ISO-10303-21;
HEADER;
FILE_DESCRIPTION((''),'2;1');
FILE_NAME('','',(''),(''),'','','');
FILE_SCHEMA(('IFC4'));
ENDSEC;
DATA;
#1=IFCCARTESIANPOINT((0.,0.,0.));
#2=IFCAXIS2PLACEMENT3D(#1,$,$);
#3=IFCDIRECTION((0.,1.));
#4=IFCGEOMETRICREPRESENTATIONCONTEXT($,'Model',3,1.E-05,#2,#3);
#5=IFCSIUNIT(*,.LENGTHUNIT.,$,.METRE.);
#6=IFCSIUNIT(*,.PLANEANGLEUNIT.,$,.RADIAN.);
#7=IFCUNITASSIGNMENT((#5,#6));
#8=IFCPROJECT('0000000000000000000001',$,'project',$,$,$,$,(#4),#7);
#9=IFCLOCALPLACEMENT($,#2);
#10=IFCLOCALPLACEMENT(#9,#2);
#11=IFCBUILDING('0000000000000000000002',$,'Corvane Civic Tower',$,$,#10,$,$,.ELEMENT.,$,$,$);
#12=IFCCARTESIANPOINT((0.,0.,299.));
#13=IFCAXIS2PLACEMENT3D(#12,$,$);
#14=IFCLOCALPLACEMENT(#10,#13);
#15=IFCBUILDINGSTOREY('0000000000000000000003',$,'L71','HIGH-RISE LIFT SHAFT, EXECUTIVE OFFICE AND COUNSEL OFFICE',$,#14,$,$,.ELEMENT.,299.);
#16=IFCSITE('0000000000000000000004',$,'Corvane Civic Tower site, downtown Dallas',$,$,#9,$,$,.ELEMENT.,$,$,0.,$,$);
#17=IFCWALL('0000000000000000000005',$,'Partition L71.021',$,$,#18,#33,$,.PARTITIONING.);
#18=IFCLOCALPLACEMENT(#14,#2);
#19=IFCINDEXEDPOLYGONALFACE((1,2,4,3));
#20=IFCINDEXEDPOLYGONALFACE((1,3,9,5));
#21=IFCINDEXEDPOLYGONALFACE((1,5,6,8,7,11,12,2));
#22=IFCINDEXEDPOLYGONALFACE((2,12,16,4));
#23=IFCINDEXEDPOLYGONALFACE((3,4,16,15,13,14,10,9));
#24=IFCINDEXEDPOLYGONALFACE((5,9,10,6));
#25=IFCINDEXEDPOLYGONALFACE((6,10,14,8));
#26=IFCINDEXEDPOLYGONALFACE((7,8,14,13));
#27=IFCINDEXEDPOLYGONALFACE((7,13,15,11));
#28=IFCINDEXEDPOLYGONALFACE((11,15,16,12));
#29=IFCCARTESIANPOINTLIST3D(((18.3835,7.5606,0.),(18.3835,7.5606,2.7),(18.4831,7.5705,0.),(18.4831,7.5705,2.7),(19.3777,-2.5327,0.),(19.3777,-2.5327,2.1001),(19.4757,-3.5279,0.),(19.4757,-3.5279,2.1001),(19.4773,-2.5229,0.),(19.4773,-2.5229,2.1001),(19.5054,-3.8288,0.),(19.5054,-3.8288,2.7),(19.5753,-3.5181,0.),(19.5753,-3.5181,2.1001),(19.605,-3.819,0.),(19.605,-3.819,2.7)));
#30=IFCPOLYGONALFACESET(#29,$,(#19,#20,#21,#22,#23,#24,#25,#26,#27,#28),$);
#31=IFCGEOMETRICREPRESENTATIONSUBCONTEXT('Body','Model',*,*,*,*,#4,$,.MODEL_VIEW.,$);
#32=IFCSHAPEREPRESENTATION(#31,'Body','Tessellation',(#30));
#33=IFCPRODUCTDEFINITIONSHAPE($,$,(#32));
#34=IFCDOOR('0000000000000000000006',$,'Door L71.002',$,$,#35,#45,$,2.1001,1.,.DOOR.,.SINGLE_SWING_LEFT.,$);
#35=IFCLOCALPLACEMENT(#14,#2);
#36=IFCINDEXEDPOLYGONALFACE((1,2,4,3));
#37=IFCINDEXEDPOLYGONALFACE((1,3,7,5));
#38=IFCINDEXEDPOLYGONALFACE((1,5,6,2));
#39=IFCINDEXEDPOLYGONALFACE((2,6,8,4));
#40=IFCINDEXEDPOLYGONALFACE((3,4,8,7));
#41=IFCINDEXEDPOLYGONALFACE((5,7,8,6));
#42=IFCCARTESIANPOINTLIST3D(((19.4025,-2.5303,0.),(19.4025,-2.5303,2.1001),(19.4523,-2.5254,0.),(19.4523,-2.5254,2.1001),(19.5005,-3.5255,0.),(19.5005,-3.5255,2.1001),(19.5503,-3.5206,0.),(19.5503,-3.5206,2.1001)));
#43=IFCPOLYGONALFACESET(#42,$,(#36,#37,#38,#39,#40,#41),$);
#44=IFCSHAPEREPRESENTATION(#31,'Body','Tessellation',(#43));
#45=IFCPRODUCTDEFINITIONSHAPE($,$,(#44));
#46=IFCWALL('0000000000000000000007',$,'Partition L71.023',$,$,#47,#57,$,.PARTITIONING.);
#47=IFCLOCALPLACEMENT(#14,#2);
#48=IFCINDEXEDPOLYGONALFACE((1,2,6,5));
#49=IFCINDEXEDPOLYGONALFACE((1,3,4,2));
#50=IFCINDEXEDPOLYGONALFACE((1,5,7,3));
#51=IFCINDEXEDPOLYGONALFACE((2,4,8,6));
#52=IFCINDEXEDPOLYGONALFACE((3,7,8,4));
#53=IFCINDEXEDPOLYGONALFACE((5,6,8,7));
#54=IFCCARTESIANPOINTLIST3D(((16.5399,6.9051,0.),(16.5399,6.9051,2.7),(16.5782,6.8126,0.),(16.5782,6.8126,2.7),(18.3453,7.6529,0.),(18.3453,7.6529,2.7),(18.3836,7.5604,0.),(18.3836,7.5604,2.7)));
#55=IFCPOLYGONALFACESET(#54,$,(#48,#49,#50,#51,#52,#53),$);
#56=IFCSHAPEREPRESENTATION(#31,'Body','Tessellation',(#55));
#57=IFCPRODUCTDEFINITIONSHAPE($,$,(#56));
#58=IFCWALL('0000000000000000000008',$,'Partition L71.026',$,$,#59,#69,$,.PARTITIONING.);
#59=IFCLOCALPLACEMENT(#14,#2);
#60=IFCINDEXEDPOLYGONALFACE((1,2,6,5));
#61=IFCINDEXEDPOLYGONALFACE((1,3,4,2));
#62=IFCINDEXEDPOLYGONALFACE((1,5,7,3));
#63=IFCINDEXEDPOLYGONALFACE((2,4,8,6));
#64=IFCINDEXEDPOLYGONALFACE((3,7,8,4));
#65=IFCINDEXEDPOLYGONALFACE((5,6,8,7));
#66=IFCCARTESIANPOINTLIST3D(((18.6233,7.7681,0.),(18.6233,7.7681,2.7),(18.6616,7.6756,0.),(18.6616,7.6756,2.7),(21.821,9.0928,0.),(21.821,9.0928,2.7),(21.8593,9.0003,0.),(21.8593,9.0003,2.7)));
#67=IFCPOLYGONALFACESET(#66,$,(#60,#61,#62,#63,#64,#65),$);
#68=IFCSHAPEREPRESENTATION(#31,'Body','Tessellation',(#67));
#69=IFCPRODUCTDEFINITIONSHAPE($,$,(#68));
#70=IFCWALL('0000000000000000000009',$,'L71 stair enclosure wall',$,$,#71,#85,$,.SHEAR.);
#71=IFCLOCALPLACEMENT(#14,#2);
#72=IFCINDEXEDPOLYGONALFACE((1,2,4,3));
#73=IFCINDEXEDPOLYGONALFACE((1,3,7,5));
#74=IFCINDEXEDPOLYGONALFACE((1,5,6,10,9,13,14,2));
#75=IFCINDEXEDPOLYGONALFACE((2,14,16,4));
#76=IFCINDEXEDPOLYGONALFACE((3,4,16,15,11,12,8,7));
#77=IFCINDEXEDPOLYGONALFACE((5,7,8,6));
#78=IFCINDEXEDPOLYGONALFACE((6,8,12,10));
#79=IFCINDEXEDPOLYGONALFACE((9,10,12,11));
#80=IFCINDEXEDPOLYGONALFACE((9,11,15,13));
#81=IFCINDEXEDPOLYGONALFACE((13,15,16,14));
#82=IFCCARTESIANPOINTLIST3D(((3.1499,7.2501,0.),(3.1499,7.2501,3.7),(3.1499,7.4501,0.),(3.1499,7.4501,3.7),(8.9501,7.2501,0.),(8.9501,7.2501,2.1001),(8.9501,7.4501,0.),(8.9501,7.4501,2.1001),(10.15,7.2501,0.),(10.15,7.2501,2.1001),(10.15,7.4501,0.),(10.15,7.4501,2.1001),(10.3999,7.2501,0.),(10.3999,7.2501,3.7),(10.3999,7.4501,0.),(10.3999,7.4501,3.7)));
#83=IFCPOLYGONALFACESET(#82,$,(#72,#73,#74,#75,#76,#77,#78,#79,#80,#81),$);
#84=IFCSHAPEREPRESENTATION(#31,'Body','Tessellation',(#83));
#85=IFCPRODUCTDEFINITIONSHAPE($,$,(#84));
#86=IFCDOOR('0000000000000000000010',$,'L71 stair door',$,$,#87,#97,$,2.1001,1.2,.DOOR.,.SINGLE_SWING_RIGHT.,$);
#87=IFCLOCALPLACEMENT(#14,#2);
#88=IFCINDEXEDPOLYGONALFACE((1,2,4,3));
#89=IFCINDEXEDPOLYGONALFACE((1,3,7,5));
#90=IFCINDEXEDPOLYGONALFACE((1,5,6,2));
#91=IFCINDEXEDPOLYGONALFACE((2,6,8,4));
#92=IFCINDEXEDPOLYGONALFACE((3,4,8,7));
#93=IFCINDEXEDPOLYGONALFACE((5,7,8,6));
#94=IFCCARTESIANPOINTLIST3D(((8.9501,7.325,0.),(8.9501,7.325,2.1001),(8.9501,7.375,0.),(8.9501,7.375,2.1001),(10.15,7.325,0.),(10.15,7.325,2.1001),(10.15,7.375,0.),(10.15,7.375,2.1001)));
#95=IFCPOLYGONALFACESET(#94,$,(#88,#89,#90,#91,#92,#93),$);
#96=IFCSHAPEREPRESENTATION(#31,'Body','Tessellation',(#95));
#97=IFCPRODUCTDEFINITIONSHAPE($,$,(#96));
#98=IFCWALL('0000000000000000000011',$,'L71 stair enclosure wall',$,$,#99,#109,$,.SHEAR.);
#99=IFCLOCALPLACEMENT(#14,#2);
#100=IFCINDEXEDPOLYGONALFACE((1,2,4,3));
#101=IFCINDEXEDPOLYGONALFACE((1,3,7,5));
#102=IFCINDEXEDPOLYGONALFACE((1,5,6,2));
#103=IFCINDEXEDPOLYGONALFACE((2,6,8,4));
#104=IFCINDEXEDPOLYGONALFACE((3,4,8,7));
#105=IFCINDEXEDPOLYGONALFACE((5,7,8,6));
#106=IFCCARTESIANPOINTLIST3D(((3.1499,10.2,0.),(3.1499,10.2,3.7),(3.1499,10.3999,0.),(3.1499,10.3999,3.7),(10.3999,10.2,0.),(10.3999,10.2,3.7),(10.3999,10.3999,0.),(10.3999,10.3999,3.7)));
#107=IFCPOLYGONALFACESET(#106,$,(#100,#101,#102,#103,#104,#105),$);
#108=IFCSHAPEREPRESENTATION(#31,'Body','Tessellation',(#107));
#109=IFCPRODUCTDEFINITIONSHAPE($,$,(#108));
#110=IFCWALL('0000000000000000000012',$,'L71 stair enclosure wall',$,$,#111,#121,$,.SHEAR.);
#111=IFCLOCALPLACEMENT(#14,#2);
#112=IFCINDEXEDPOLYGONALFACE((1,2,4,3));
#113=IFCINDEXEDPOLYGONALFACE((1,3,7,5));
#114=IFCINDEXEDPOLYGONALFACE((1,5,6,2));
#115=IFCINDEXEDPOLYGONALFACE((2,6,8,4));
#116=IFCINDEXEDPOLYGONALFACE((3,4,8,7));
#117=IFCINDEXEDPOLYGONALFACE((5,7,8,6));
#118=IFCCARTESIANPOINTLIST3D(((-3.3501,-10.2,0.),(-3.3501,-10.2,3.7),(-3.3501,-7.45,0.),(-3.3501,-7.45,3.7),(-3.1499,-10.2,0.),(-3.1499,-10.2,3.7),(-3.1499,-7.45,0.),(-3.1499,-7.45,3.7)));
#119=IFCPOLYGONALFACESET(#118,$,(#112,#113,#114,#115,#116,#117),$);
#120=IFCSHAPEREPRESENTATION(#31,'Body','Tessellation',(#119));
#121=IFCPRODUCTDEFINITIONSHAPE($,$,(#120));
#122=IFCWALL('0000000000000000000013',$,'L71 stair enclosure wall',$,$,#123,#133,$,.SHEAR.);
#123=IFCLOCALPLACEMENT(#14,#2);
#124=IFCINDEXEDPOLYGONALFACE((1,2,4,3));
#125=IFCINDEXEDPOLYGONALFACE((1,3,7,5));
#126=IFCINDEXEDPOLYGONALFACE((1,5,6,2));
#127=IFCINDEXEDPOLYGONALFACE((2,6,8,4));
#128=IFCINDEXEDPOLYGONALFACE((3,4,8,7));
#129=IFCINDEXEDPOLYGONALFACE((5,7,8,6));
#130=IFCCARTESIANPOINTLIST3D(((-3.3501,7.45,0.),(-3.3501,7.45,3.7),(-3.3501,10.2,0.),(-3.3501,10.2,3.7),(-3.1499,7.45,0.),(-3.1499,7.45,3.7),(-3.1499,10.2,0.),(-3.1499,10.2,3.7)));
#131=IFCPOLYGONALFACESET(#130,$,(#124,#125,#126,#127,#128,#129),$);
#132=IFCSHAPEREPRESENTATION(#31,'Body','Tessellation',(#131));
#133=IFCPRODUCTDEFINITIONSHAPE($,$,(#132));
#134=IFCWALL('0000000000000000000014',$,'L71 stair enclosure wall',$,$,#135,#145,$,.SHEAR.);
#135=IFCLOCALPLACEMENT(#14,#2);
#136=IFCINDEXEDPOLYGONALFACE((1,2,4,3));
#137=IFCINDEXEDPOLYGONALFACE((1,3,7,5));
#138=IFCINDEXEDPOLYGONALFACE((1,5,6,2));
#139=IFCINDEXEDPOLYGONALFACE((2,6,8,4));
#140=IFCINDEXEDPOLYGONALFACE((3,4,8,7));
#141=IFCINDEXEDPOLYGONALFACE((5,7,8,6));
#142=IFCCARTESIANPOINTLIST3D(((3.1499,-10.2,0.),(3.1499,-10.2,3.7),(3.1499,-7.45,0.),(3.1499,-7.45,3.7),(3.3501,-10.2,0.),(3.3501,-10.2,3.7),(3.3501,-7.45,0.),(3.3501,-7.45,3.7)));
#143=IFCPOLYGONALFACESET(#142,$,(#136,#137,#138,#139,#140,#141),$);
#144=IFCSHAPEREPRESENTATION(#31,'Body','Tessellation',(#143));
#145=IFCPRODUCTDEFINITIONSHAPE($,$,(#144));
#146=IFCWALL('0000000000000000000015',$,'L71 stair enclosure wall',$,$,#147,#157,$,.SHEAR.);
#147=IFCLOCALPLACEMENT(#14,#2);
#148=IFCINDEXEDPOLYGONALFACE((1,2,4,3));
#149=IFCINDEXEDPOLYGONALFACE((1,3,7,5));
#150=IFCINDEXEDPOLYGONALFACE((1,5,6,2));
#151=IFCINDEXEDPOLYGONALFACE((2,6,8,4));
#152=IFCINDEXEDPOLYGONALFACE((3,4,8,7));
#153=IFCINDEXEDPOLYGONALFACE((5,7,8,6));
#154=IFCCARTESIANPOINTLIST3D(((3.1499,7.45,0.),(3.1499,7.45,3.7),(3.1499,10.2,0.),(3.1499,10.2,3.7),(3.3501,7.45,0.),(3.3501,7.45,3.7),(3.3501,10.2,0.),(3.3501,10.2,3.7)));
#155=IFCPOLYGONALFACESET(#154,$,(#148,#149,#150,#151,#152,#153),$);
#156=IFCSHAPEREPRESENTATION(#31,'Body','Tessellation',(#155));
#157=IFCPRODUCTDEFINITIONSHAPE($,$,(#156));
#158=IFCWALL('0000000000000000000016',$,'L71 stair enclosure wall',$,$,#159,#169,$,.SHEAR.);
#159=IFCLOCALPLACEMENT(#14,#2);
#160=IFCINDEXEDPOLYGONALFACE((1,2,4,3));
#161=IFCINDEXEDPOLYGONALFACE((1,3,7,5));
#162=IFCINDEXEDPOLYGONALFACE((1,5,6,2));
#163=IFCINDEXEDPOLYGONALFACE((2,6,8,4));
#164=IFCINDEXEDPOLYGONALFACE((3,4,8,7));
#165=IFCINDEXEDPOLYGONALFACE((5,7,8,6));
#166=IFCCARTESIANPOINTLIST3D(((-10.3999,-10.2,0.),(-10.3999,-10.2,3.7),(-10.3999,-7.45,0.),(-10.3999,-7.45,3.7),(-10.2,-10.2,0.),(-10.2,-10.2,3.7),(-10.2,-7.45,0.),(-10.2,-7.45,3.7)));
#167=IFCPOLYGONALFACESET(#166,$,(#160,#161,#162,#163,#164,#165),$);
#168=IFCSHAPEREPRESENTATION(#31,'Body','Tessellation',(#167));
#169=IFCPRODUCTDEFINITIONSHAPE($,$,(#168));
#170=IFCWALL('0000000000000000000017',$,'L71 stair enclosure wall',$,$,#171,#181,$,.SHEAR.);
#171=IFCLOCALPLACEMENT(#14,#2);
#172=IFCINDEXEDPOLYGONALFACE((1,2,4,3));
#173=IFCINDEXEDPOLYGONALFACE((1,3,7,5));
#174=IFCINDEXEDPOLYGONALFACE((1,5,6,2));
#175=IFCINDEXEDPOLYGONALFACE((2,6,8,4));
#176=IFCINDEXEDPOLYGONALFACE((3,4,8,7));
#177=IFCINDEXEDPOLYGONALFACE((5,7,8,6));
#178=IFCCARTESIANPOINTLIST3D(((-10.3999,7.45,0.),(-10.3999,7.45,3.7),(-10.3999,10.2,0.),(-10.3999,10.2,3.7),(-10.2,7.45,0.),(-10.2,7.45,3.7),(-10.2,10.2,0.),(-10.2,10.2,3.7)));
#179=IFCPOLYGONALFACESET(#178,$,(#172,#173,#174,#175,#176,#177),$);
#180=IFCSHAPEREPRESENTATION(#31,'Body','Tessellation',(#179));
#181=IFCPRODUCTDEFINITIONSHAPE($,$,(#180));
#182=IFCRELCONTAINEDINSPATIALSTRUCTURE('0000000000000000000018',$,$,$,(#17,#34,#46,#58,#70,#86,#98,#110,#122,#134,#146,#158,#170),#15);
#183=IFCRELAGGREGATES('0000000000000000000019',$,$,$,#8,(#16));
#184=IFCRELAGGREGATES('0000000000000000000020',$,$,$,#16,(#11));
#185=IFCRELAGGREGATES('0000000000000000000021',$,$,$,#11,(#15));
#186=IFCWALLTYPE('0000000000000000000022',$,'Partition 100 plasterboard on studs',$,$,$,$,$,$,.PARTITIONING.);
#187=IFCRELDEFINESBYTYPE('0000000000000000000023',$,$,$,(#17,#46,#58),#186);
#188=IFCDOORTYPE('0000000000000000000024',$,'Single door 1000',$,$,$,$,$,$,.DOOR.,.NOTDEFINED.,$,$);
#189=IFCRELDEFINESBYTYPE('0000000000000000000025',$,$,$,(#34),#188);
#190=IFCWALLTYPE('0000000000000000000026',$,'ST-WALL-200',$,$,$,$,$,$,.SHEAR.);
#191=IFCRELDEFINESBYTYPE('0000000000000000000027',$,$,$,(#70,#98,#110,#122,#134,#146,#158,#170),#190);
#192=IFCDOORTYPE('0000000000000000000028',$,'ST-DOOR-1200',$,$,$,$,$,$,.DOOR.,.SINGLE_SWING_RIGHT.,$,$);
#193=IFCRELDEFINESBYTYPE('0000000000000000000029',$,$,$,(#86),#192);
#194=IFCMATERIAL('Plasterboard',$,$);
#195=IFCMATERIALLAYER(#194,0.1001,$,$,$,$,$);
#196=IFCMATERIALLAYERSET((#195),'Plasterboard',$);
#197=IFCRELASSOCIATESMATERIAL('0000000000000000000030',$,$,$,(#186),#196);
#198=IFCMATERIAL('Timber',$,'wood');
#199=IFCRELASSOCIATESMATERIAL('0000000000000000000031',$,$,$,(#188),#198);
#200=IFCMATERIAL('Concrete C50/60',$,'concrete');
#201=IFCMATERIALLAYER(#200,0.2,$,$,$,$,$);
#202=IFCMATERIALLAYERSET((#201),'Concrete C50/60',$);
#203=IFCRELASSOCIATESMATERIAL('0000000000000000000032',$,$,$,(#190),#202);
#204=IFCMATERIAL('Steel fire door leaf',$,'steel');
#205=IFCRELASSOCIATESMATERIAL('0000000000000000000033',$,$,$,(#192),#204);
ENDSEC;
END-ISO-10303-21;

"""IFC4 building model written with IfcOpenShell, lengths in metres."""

from ifc_helpers import new_model, si_unit, direction, frame, frame_2d, origin, place, context, subcontext, project, spatial, polyline, rectangle, outline, extrude, material, layer, layer_set, type_object, element, fill, save


model = new_model("IFC4")

# Units and contexts
model_context = context("Model", 3, precision=1e-05, world=origin(), true_north=direction((0.0, 1.0)))
body_context = subcontext(model_context, "Body", "Model", "MODEL_VIEW")
ifc_project = project(units=[si_unit("LENGTHUNIT", "METRE"), si_unit("PLANEANGLEUNIT", "RADIAN")], contexts=[model_context])

# Site, building, storey
site_placement = place(None, origin())
site = spatial("IfcSite", under=ifc_project, at=site_placement, Name="Corvane Civic Tower site, downtown Dallas", CompositionType="ELEMENT", RefElevation=0.0)
building_placement = place(site_placement, origin())
building = spatial("IfcBuilding", under=site, at=building_placement, Name="Corvane Civic Tower", CompositionType="ELEMENT")
storey_placement = place(building_placement, frame((0.0, 0.0, 299.0)))
storey = spatial("IfcBuildingStorey", under=building, at=storey_placement, Name="L71", Description="HIGH-RISE LIFT SHAFT, EXECUTIVE OFFICE AND COUNSEL OFFICE", CompositionType="ELEMENT", Elevation=299.0)

# Wall, opening, door
ifc_material_1 = material(Name="Plasterboard")
ifc_layer_1 = layer(ifc_material_1, 0.1001)
ifc_layer_set_1 = layer_set([ifc_layer_1], Name="Plasterboard")
wall_type_1 = type_object("IfcWallType", Name="Partition 100 plasterboard on studs", PredefinedType="PARTITIONING", material=ifc_layer_set_1)
wall_1_placement = place(storey_placement, frame((18.4333, 7.5654, 0.0), z_axis=(0.0, 0.0, 1.0), x_axis=(0.098023, -0.995184, 0.0)))
wall_1 = element("IfcWall", 1, at=wall_1_placement, inside=storey, type_object=wall_type_1, Name="Partition L71.021", PredefinedType="PARTITIONING", context=body_context, shape_type="SweptSolid", body=[
    extrude(rectangle(XDim=11.4446, YDim=0.1001, at=frame_2d((5.7222, 0.0))), origin(), (0.0, 0.0, 1.0), 2.7),
])
opening_1_placement = place(wall_1_placement, frame((10.1421, 0.0, 0.0)))
opening_1 = element("IfcOpeningElement", 2, at=opening_1_placement, cuts=wall_1, PredefinedType="OPENING", context=body_context, shape_type="SweptSolid", body=[
    extrude(rectangle(XDim=1.0, YDim=2.1001, at=frame_2d((0.5, 1.05))), frame((0.0, 0.0601, 0.0), z_axis=(0.0, -1.0, 0.0), x_axis=(1.0, 0.0, 0.0)), (0.0, 0.0, 1.0), 0.1201),
])
ifc_material_2 = material(Name="Timber", Category="wood")
door_type_1 = type_object("IfcDoorType", Name="Single door 1000", OperationType="NOTDEFINED", PredefinedType="DOOR", material=ifc_material_2)
door_1_placement = place(opening_1_placement, origin())
door_1 = element("IfcDoor", 3, at=door_1_placement, inside=storey, type_object=door_type_1, Name="Door L71.002", OperationType="SINGLE_SWING_LEFT", OverallHeight=2.1001, OverallWidth=1.0, PredefinedType="DOOR", context=body_context, shape_type="SweptSolid", body=[
    extrude(rectangle(XDim=1.0, YDim=2.1001, at=frame_2d((0.5, 1.05))), frame((0.0, 0.0249, 0.0), z_axis=(0.0, -1.0, 0.0), x_axis=(1.0, 0.0, 0.0)), (0.0, 0.0, 1.0), 0.05),
])
fill(opening_1, door_1)

# Walls
wall_2_placement = place(storey_placement, frame((16.5591, 6.8589, 0.0), z_axis=(0.0, 0.0, 1.0), x_axis=(0.923884, 0.382672, 0.0)))
element("IfcWall", 4, at=wall_2_placement, inside=storey, type_object=wall_type_1, Name="Partition L71.023", PredefinedType="PARTITIONING", context=body_context, shape_type="SweptSolid", body=[
    extrude(rectangle(XDim=1.9541, YDim=0.1001, at=frame_2d((0.9771, 0.0))), origin(), (0.0, 0.0, 1.0), 2.7),
])
wall_3_placement = place(storey_placement, frame((18.6426, 7.7219, 0.0), z_axis=(0.0, 0.0, 1.0), x_axis=(0.923864, 0.382721, 0.0)))
element("IfcWall", 5, at=wall_3_placement, inside=storey, type_object=wall_type_1, Name="Partition L71.026", PredefinedType="PARTITIONING", context=body_context, shape_type="SweptSolid", body=[
    extrude(rectangle(XDim=3.4612, YDim=0.1001, at=frame_2d((1.7305, 0.0))), origin(), (0.0, 0.0, 1.0), 2.7),
])

# Wall, opening, door
ifc_material_3 = material(Name="Concrete C50/60", Category="concrete")
ifc_layer_2 = layer(ifc_material_3, 0.2)
ifc_layer_set_2 = layer_set([ifc_layer_2], Name="Concrete C50/60")
wall_type_2 = type_object("IfcWallType", Name="ST-WALL-200", PredefinedType="SHEAR", material=ifc_layer_set_2)
wall_4_placement = place(storey_placement, frame((3.1499, 7.3501, 0.0), z_axis=(0.0, 0.0, 1.0), x_axis=(1.0, 0.0, 0.0)))
wall_4 = element("IfcWall", 6, at=wall_4_placement, inside=storey, type_object=wall_type_2, Name="L71 stair enclosure wall", PredefinedType="SHEAR", context=body_context, shape_type="SweptSolid", body=[
    extrude(rectangle(XDim=7.25, YDim=0.2, at=frame_2d((3.625, 0.0))), origin(), (0.0, 0.0, 1.0), 3.7),
])
opening_2_placement = place(wall_4_placement, frame((5.8, 0.0, 0.0)))
opening_2 = element("IfcOpeningElement", 7, at=opening_2_placement, cuts=wall_4, PredefinedType="OPENING", context=body_context, shape_type="SweptSolid", body=[
    extrude(rectangle(XDim=1.2, YDim=2.1001, at=frame_2d((0.6001, 1.05))), frame((0.0, 0.1099, 0.0), z_axis=(0.0, -1.0, 0.0), x_axis=(1.0, 0.0, 0.0)), (0.0, 0.0, 1.0), 0.22),
])
ifc_material_4 = material(Name="Steel fire door leaf", Category="steel")
door_type_2 = type_object("IfcDoorType", Name="ST-DOOR-1200", OperationType="SINGLE_SWING_RIGHT", PredefinedType="DOOR", material=ifc_material_4)
door_2_placement = place(opening_2_placement, origin())
door_2 = element("IfcDoor", 8, at=door_2_placement, inside=storey, type_object=door_type_2, Name="L71 stair door", OperationType="SINGLE_SWING_RIGHT", OverallHeight=2.1001, OverallWidth=1.2, PredefinedType="DOOR", context=body_context, shape_type="SweptSolid", body=[
    extrude(rectangle(XDim=1.2, YDim=2.1001, at=frame_2d((0.6001, 1.05))), frame((0.0, 0.0249, 0.0), z_axis=(0.0, -1.0, 0.0), x_axis=(1.0, 0.0, 0.0)), (0.0, 0.0, 1.0), 0.05),
])
fill(opening_2, door_2)

# Walls
wall_5_placement = place(storey_placement, origin())
element("IfcWall", 9, at=wall_5_placement, inside=storey, type_object=wall_type_2, Name="L71 stair enclosure wall", PredefinedType="SHEAR", context=body_context, shape_type="SweptSolid", body=[
    extrude(outline(polyline([(10.3999, 10.2), (3.1499, 10.2), (3.1499, 10.3999), (10.3999, 10.3999), (10.3999, 10.2)])), origin(), (0.0, 0.0, 1.0), 3.7),
])
wall_6_placement = place(storey_placement, origin())
element("IfcWall", 10, at=wall_6_placement, inside=storey, type_object=wall_type_2, Name="L71 stair enclosure wall", PredefinedType="SHEAR", context=body_context, shape_type="SweptSolid", body=[
    extrude(outline(polyline([(-3.1499, -7.45), (-3.1499, -10.2), (-3.3501, -10.2), (-3.3501, -7.45), (-3.1499, -7.45)])), origin(), (0.0, 0.0, 1.0), 3.7),
])
wall_7_placement = place(storey_placement, origin())
element("IfcWall", 11, at=wall_7_placement, inside=storey, type_object=wall_type_2, Name="L71 stair enclosure wall", PredefinedType="SHEAR", context=body_context, shape_type="SweptSolid", body=[
    extrude(outline(polyline([(-3.1499, 7.45), (-3.3501, 7.45), (-3.3501, 10.2), (-3.1499, 10.2), (-3.1499, 7.45)])), origin(), (0.0, 0.0, 1.0), 3.7),
])
wall_8_placement = place(storey_placement, origin())
element("IfcWall", 12, at=wall_8_placement, inside=storey, type_object=wall_type_2, Name="L71 stair enclosure wall", PredefinedType="SHEAR", context=body_context, shape_type="SweptSolid", body=[
    extrude(outline(polyline([(3.3501, -7.45), (3.3501, -10.2), (3.1499, -10.2), (3.1499, -7.45), (3.3501, -7.45)])), origin(), (0.0, 0.0, 1.0), 3.7),
])
wall_9_placement = place(storey_placement, origin())
element("IfcWall", 13, at=wall_9_placement, inside=storey, type_object=wall_type_2, Name="L71 stair enclosure wall", PredefinedType="SHEAR", context=body_context, shape_type="SweptSolid", body=[
    extrude(outline(polyline([(3.3501, 7.45), (3.1499, 7.45), (3.1499, 10.2), (3.3501, 10.2), (3.3501, 7.45)])), origin(), (0.0, 0.0, 1.0), 3.7),
])
wall_10_placement = place(storey_placement, origin())
element("IfcWall", 14, at=wall_10_placement, inside=storey, type_object=wall_type_2, Name="L71 stair enclosure wall", PredefinedType="SHEAR", context=body_context, shape_type="SweptSolid", body=[
    extrude(outline(polyline([(-10.2, -7.45), (-10.2, -10.2), (-10.3999, -10.2), (-10.3999, -7.45), (-10.2, -7.45)])), origin(), (0.0, 0.0, 1.0), 3.7),
])
wall_11_placement = place(storey_placement, origin())
element("IfcWall", 15, at=wall_11_placement, inside=storey, type_object=wall_type_2, Name="L71 stair enclosure wall", PredefinedType="SHEAR", context=body_context, shape_type="SweptSolid", body=[
    extrude(outline(polyline([(-10.2, 7.45), (-10.3999, 7.45), (-10.3999, 10.2), (-10.2, 10.2), (-10.2, 7.45)])), origin(), (0.0, 0.0, 1.0), 3.7),
])

save(model, "model.ifc")
